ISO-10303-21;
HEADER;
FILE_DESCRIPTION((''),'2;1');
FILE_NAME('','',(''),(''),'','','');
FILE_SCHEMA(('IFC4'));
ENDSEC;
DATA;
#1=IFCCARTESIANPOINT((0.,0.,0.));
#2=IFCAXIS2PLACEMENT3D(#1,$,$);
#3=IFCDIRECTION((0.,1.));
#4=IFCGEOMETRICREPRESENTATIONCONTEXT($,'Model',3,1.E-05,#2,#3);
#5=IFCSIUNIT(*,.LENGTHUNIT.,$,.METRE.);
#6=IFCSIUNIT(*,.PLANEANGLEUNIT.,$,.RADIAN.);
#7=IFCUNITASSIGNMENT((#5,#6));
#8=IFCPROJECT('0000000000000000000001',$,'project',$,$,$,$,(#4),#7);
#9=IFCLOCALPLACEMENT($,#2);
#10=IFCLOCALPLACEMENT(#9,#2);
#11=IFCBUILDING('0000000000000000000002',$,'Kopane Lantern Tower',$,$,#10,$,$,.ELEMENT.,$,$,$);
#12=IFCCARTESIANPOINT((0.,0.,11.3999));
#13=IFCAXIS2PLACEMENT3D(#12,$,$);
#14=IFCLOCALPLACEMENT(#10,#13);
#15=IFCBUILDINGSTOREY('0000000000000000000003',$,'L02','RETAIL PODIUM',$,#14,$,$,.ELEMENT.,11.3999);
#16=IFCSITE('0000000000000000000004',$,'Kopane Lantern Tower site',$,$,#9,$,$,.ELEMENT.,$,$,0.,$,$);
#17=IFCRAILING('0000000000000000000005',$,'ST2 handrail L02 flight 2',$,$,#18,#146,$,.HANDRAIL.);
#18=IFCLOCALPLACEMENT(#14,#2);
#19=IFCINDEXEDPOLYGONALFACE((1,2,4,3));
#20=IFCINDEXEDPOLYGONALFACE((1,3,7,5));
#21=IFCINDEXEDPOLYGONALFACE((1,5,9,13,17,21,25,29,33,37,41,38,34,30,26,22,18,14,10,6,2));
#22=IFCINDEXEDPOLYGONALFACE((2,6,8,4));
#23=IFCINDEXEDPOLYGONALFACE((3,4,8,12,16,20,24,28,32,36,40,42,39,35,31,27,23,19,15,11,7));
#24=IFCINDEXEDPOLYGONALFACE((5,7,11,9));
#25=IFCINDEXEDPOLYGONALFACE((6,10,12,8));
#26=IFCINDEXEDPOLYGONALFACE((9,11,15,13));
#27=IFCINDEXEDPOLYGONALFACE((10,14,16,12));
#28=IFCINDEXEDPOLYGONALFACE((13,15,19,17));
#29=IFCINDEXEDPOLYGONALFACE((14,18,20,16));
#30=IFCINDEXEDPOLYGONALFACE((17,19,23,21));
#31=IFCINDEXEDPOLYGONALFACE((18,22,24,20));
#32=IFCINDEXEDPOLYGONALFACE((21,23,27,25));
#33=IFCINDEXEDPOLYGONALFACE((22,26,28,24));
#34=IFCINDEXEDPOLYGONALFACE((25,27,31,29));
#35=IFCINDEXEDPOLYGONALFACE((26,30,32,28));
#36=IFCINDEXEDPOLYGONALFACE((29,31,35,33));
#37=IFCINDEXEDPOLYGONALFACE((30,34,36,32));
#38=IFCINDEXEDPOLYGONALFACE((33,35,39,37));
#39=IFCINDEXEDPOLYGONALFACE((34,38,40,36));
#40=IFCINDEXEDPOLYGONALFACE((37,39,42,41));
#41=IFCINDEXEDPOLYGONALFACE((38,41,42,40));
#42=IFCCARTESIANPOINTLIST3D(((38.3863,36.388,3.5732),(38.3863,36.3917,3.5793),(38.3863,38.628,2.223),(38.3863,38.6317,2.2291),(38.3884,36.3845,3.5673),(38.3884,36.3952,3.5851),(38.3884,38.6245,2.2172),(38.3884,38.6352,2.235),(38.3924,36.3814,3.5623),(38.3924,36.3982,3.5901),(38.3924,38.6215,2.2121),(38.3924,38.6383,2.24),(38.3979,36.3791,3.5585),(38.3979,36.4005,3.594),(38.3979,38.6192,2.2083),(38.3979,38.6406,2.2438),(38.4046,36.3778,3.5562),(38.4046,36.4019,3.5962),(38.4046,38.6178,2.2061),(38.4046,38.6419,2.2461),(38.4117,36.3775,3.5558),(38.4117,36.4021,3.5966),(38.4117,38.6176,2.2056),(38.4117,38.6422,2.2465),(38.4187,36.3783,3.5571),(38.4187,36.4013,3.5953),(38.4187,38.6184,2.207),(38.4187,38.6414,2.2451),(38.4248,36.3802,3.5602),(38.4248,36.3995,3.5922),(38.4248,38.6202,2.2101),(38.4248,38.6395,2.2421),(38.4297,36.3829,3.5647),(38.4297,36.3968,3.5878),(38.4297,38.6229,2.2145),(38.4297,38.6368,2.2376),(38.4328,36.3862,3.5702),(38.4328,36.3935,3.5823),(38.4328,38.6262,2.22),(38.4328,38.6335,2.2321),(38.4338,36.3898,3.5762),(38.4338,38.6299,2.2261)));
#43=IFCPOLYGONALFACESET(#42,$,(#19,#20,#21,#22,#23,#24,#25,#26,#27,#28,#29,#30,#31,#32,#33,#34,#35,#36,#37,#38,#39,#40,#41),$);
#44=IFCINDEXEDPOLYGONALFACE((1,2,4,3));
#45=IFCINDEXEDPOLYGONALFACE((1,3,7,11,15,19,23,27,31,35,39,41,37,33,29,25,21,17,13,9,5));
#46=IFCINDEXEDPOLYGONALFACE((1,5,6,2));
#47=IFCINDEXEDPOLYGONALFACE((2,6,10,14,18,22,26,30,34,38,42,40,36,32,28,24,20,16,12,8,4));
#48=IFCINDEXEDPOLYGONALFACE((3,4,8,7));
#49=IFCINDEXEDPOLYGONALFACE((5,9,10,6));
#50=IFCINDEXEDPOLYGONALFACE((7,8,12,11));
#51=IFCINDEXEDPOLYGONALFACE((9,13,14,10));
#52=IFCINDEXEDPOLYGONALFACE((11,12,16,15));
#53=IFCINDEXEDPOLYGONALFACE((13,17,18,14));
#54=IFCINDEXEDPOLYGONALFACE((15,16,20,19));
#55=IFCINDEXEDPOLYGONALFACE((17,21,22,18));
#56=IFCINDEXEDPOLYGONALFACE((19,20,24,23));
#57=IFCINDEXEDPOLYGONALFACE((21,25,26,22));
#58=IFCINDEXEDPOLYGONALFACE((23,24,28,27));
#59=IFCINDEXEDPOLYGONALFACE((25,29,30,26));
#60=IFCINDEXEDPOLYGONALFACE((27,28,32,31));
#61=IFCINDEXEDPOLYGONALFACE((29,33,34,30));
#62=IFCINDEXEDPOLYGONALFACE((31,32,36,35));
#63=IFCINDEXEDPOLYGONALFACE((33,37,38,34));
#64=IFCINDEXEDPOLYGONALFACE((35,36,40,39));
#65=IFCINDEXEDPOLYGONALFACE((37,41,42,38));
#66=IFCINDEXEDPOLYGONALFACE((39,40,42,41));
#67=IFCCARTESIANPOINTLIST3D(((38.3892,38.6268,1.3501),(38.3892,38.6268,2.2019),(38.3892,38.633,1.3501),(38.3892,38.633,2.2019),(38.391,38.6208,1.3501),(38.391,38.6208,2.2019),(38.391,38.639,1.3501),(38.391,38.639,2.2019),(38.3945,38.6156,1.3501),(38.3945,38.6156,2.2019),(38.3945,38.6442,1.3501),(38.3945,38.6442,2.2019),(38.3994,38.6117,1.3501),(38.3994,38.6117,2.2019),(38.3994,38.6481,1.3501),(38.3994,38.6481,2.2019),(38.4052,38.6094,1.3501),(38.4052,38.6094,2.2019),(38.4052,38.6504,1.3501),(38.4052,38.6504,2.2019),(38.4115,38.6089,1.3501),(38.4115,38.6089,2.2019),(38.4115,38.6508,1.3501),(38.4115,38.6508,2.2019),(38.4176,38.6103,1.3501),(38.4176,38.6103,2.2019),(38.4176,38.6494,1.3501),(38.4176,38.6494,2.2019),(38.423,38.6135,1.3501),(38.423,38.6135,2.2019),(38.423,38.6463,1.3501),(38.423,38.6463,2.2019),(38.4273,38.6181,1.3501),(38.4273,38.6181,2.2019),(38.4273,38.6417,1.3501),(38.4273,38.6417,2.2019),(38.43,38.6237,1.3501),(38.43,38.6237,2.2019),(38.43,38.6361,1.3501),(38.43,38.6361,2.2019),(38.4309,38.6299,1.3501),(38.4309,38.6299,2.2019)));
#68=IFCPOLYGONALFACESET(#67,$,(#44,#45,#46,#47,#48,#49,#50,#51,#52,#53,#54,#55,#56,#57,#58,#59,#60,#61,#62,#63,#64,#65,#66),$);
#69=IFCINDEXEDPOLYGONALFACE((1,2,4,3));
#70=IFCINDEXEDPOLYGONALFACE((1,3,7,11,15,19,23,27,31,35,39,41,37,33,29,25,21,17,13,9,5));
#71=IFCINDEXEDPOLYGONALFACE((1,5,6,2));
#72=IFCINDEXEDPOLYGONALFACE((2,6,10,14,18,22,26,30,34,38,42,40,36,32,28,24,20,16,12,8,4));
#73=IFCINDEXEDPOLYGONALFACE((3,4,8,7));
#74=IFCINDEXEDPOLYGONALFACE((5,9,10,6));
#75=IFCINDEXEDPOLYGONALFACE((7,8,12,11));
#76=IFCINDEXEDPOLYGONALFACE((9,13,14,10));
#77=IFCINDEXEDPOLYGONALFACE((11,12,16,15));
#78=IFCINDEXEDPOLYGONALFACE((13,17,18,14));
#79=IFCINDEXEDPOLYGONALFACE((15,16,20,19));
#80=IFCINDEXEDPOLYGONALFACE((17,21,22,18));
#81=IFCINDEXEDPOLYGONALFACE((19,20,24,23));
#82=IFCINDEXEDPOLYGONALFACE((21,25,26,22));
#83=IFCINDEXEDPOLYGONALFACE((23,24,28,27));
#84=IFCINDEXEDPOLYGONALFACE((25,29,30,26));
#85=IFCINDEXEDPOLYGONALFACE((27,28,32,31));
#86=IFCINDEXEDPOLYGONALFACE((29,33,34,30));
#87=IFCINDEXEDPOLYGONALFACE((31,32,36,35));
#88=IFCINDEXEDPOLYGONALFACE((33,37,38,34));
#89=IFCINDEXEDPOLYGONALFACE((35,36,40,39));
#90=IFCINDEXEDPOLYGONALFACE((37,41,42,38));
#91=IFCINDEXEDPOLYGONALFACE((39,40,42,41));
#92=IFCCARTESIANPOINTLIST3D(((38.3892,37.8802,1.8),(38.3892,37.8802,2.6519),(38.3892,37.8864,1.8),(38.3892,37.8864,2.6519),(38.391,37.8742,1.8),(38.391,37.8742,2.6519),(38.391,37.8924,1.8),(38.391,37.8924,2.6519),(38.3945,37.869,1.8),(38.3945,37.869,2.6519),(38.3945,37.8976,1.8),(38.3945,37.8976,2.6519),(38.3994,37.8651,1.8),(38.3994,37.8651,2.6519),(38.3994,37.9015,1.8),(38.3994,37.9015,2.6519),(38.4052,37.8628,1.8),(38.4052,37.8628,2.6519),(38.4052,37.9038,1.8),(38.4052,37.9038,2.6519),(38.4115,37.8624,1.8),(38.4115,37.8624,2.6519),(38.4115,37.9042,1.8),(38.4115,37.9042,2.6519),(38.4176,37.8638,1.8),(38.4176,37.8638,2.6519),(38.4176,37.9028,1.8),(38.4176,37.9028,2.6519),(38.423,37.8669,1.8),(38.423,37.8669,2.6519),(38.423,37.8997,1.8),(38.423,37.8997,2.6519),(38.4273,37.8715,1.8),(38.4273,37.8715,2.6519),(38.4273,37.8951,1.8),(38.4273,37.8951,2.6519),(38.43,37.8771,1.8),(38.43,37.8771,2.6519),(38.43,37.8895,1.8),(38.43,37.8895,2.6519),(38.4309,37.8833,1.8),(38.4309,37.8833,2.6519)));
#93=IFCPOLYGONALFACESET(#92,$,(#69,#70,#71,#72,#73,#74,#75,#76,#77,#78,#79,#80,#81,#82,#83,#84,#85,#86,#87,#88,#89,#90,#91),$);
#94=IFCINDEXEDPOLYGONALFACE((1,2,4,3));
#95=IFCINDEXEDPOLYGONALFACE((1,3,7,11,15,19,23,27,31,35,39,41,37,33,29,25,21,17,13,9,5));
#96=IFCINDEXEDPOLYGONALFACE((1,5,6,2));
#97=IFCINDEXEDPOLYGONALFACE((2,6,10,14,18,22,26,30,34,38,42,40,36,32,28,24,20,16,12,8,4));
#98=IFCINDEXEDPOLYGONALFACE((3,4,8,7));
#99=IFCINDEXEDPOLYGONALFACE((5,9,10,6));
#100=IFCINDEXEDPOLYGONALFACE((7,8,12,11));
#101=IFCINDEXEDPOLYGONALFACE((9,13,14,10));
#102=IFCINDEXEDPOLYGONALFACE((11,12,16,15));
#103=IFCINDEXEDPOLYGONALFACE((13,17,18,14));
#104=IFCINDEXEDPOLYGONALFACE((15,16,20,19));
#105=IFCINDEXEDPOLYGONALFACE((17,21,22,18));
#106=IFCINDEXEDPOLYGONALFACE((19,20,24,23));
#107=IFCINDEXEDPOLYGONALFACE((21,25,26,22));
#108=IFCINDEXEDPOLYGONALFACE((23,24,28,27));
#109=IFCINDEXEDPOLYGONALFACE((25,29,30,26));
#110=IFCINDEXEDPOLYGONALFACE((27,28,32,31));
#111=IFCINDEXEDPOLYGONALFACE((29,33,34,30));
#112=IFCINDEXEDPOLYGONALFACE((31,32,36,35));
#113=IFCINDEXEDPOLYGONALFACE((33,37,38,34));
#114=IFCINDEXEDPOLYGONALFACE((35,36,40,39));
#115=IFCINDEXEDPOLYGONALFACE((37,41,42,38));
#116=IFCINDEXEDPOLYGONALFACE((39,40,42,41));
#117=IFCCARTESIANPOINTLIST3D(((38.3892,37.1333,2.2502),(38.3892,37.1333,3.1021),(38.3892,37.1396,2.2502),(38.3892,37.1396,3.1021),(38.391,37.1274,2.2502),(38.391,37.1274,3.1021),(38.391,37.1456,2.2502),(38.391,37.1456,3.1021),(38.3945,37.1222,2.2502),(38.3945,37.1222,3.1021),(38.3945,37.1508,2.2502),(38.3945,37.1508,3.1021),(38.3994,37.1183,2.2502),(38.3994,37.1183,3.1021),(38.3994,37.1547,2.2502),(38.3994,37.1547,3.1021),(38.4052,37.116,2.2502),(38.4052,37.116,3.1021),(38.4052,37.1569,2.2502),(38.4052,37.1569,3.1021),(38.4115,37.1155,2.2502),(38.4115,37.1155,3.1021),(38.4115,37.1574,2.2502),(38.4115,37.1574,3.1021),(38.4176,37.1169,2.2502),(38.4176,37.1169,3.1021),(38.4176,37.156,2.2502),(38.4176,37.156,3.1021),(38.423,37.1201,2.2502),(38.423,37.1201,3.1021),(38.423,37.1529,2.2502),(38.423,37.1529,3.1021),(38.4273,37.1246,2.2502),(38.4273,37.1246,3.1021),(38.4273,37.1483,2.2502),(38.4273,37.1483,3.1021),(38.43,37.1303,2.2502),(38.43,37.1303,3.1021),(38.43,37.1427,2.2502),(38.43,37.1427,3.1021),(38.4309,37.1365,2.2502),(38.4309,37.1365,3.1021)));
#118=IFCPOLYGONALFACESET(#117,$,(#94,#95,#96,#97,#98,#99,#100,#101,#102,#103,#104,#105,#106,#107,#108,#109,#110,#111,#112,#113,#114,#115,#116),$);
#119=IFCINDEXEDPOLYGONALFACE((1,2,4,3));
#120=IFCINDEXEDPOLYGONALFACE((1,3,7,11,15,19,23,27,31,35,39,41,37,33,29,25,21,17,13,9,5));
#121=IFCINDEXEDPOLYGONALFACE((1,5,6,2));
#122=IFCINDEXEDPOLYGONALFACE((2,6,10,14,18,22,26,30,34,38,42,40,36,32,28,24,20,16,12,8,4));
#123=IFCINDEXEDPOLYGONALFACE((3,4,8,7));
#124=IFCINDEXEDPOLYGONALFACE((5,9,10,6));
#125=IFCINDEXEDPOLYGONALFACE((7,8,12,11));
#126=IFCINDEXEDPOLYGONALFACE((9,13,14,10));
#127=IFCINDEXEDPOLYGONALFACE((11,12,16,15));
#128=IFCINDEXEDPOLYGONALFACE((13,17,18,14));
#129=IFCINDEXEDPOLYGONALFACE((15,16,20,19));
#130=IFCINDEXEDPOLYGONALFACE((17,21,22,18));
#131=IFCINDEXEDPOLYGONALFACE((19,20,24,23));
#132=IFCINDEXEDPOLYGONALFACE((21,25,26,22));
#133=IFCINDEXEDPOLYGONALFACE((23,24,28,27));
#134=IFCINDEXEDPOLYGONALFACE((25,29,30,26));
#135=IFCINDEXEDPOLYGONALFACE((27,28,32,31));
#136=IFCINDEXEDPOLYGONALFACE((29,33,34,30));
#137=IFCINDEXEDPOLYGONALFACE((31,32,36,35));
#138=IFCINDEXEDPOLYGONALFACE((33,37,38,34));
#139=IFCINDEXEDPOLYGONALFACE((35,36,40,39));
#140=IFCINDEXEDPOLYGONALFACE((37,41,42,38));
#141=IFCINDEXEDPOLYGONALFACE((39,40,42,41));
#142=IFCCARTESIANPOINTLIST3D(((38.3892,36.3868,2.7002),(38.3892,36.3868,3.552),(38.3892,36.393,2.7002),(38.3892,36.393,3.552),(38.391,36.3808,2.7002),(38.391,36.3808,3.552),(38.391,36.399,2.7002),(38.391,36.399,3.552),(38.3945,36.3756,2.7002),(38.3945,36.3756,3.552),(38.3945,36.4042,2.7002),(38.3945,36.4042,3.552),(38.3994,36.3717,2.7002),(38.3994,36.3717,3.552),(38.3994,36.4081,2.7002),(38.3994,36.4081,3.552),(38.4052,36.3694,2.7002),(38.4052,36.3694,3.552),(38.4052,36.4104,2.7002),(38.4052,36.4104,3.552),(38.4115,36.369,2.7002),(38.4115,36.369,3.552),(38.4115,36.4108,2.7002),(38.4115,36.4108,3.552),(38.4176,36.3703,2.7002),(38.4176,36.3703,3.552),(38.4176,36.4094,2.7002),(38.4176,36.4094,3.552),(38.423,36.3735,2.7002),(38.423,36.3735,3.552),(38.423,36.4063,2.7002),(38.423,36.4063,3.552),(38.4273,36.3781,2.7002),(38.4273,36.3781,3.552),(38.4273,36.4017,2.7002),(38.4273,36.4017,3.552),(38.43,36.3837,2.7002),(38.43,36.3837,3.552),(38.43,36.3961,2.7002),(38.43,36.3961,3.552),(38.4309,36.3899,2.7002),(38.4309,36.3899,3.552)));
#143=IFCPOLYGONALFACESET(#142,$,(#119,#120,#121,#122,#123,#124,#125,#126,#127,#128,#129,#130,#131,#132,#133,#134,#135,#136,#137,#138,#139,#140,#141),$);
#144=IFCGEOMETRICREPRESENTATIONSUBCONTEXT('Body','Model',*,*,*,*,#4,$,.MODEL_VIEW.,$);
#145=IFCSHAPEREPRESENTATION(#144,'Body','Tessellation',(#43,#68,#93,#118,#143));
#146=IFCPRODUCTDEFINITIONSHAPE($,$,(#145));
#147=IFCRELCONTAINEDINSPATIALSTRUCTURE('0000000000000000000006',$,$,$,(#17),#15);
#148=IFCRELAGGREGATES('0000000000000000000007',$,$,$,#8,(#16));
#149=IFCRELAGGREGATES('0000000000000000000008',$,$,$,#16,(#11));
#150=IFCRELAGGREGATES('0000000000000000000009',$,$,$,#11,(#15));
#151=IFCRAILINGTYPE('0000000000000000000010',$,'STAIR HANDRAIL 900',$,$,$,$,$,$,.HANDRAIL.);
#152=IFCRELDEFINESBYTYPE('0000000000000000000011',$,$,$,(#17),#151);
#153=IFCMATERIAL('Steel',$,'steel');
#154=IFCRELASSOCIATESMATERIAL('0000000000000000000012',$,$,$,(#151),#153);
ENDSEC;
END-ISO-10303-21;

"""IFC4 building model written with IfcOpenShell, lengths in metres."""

from ifc_helpers import new_model, si_unit, direction, frame, origin, origin_2d, place, context, subcontext, project, spatial, circle, extrude, material, type_object, element, save


model = new_model("IFC4")

# Units and contexts
model_context = context("Model", 3, precision=1e-05, world=origin(), true_north=direction((0.0, 1.0)))
body_context = subcontext(model_context, "Body", "Model", "MODEL_VIEW")
ifc_project = project(units=[si_unit("LENGTHUNIT", "METRE"), si_unit("PLANEANGLEUNIT", "RADIAN")], contexts=[model_context])

# Site, building, storey
site_placement = place(None, origin())
site = spatial("IfcSite", under=ifc_project, at=site_placement, Name="Kopane Lantern Tower site", CompositionType="ELEMENT", RefElevation=0.0)
building_placement = place(site_placement, origin())
building = spatial("IfcBuilding", under=site, at=building_placement, Name="Kopane Lantern Tower", CompositionType="ELEMENT")
storey_placement = place(building_placement, frame((0.0, 0.0, 11.3999)))
storey = spatial("IfcBuildingStorey", under=building, at=storey_placement, Name="L02", Description="RETAIL PODIUM", CompositionType="ELEMENT", Elevation=11.3999)

# Railing
ifc_material_1 = material(Name="Steel", Category="steel")
railing_type_1 = type_object("IfcRailingType", Name="STAIR HANDRAIL 900", PredefinedType="HANDRAIL", material=ifc_material_1)
for number, where, name in (
    (1, (38.4099, 38.6299, 1.3501), "ST2 handrail L02 flight 2"),
):
    element("IfcRailing", number, at=place(storey_placement, frame(where)), inside=storey, type_object=railing_type_1, Name=name, PredefinedType="HANDRAIL", context=body_context, shape_type="SweptSolid", body=[
        extrude(circle(Radius=0.0239, at=origin_2d()), frame((0.0, 0.0, 0.876), z_axis=(0.0, -0.856462, 0.516211), x_axis=(1.0, 0.0, 0.0)), (0.0, 0.0, 1.0), 2.6155),
        extrude(circle(Radius=0.021, at=origin_2d()), origin(), (0.0, 0.0, 1.0), 0.8518),
        extrude(circle(Radius=0.021, at=origin_2d()), frame((0.0, -0.7466, 0.45)), (0.0, 0.0, 1.0), 0.8518),
        extrude(circle(Radius=0.021, at=origin_2d()), frame((0.0, -1.4934, 0.9001)), (0.0, 0.0, 1.0), 0.8518),
        extrude(circle(Radius=0.021, at=origin_2d()), frame((0.0, -2.24, 1.3501)), (0.0, 0.0, 1.0), 0.8518),
    ])

save(model, "model.ifc")
